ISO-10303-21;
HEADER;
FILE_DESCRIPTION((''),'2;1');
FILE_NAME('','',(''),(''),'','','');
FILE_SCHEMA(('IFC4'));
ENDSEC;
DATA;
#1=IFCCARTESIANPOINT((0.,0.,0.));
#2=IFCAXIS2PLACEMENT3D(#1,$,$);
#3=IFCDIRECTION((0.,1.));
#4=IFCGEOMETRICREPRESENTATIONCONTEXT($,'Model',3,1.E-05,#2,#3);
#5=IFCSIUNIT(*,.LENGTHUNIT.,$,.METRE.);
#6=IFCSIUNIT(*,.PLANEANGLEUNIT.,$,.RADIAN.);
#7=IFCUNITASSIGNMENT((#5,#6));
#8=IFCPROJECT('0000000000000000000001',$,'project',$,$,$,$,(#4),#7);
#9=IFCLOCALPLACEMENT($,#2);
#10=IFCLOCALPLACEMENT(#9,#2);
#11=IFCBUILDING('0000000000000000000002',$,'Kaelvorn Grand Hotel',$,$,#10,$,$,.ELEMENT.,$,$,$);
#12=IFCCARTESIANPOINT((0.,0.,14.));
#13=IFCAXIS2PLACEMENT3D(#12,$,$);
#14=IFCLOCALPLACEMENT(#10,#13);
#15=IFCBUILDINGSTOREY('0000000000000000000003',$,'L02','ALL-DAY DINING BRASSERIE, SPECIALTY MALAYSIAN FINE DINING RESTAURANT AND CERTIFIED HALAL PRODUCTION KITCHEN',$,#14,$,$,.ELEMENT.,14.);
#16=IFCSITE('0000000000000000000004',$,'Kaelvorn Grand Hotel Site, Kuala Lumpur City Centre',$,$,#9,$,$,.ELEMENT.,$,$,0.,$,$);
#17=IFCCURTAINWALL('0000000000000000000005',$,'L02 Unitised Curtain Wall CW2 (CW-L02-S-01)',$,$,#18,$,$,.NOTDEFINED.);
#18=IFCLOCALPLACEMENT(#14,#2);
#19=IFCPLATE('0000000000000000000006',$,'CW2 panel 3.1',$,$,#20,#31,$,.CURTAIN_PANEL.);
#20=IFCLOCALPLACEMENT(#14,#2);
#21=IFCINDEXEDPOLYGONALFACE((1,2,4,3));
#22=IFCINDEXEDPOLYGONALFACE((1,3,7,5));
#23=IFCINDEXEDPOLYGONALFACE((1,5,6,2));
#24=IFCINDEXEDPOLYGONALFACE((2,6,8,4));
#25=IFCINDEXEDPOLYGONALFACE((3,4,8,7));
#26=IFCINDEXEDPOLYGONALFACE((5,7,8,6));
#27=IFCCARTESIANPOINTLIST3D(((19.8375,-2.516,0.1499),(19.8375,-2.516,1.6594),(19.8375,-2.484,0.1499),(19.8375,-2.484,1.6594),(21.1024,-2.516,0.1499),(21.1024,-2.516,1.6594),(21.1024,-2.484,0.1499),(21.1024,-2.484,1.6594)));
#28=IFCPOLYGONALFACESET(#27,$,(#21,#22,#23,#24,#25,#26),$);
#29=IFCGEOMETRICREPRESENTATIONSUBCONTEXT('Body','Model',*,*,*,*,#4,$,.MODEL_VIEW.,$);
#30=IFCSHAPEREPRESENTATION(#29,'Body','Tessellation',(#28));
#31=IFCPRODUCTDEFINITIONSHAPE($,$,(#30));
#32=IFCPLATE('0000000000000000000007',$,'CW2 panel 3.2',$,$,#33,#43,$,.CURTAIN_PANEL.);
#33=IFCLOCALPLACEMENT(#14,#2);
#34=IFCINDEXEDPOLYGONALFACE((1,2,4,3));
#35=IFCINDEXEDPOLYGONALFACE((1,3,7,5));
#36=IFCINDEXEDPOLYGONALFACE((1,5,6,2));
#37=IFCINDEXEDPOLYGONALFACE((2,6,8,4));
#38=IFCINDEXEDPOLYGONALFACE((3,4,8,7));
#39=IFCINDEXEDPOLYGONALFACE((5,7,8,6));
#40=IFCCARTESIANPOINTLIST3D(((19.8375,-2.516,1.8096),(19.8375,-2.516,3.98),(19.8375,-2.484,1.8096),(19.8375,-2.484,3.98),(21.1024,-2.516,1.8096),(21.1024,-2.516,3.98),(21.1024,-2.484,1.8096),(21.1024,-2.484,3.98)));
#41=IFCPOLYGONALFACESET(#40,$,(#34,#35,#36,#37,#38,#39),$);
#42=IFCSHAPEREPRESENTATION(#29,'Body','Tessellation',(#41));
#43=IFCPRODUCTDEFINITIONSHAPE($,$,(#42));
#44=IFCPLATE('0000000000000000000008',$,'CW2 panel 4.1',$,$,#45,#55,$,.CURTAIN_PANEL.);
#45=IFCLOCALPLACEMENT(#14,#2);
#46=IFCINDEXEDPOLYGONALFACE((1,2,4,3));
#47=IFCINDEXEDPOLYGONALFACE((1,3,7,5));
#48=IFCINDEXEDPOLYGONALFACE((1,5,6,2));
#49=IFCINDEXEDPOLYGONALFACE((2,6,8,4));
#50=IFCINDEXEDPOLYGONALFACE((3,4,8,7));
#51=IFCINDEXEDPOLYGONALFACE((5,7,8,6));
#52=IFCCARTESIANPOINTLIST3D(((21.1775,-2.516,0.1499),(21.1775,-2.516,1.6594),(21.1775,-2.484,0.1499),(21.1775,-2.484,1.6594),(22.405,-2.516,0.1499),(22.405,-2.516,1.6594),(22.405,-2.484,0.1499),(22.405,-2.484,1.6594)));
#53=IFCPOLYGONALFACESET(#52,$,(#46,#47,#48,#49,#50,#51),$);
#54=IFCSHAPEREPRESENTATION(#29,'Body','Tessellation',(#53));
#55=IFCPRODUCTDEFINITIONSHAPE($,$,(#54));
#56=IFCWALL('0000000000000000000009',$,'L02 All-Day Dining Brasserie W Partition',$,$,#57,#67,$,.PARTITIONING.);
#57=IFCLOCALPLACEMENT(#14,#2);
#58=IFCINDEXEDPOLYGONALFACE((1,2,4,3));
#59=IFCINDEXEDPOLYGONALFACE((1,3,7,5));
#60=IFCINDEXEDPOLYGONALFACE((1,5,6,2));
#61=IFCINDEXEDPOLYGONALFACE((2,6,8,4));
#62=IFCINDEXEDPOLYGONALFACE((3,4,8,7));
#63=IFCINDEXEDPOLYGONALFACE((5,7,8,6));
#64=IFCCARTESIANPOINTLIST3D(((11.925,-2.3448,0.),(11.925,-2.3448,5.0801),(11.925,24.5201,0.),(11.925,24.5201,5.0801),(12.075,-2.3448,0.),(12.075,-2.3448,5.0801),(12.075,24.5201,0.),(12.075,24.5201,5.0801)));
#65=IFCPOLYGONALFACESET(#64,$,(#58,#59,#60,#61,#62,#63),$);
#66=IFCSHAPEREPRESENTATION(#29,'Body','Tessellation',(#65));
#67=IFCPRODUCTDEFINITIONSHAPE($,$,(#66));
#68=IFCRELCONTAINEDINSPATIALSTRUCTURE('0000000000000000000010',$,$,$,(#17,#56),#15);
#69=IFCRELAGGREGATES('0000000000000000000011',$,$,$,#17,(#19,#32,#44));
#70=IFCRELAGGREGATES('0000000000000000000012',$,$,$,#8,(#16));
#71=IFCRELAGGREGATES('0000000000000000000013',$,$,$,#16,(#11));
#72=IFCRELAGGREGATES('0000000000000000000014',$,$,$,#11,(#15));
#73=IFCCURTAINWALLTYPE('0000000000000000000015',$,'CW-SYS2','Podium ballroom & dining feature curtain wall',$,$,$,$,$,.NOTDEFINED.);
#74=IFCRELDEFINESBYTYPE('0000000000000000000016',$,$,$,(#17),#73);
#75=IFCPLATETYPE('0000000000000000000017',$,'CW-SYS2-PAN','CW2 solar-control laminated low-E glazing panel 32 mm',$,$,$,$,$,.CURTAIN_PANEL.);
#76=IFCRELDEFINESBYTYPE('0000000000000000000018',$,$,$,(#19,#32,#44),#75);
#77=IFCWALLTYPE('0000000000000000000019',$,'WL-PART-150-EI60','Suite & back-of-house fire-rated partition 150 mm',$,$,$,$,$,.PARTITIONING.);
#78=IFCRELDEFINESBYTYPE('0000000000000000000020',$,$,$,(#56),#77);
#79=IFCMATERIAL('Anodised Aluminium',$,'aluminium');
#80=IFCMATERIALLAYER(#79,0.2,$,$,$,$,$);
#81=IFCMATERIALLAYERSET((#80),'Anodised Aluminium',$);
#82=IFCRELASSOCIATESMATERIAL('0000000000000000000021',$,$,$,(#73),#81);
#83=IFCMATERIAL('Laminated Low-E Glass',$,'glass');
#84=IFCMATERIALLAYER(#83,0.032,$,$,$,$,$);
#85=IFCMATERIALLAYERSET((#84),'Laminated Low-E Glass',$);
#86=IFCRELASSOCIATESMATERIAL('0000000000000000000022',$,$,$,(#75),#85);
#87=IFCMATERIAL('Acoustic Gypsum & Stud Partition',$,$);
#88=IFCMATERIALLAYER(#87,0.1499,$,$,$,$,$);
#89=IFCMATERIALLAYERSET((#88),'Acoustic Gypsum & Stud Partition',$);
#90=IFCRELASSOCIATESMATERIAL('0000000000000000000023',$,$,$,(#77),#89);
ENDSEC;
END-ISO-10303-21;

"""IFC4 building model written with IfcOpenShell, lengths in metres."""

from ifc_helpers import new_model, si_unit, direction, frame, frame_2d, origin, origin_2d, place, context, subcontext, project, spatial, rectangle, extrude, material, layer, layer_set, type_object, element, aggregate, save


model = new_model("IFC4")

# Units and contexts
model_context = context("Model", 3, precision=1e-05, world=origin(), true_north=direction((0.0, 1.0)))
body_context = subcontext(model_context, "Body", "Model", "MODEL_VIEW")
ifc_project = project(units=[si_unit("LENGTHUNIT", "METRE"), si_unit("PLANEANGLEUNIT", "RADIAN")], contexts=[model_context])

# Site, building, storey
site_placement = place(None, origin())
site = spatial("IfcSite", under=ifc_project, at=site_placement, Name="Kaelvorn Grand Hotel Site, Kuala Lumpur City Centre", CompositionType="ELEMENT", RefElevation=0.0)
building_placement = place(site_placement, origin())
building = spatial("IfcBuilding", under=site, at=building_placement, Name="Kaelvorn Grand Hotel", CompositionType="ELEMENT")
storey_placement = place(building_placement, frame((0.0, 0.0, 14.0)))
storey = spatial("IfcBuildingStorey", under=building, at=storey_placement, Name="L02", Description="ALL-DAY DINING BRASSERIE, SPECIALTY MALAYSIAN FINE DINING RESTAURANT AND CERTIFIED HALAL PRODUCTION KITCHEN", CompositionType="ELEMENT", Elevation=14.0)

# Curtain wall, plates
ifc_material_1 = material(Name="Anodised Aluminium", Category="aluminium")
ifc_layer_1 = layer(ifc_material_1, 0.2)
ifc_layer_set_1 = layer_set([ifc_layer_1], Name="Anodised Aluminium")
curtain_wall_type = type_object("IfcCurtainWallType", Name="CW-SYS2", Description="Podium ballroom & dining feature curtain wall", PredefinedType="NOTDEFINED", material=ifc_layer_set_1)
curtain_wall_placement = place(storey_placement, origin())
curtain_wall = element("IfcCurtainWall", 1, at=curtain_wall_placement, inside=storey, type_object=curtain_wall_type, Name="L02 Unitised Curtain Wall CW2 (CW-L02-S-01)", PredefinedType="NOTDEFINED")
ifc_material_2 = material(Name="Laminated Low-E Glass", Category="glass")
ifc_layer_2 = layer(ifc_material_2, 0.032)
ifc_layer_set_2 = layer_set([ifc_layer_2], Name="Laminated Low-E Glass")
plate_type = type_object("IfcPlateType", Name="CW-SYS2-PAN", Description="CW2 solar-control laminated low-E glazing panel 32 mm", PredefinedType="CURTAIN_PANEL", material=ifc_layer_set_2)
plate_1_placement = place(storey_placement, frame((20.47, -2.5, 0.1499), z_axis=(0.0, 0.0, 1.0), x_axis=(1.0, 0.0, 0.0)))
plate_1 = element("IfcPlate", 2, at=plate_1_placement, type_object=plate_type, Name="CW2 panel 3.1", PredefinedType="CURTAIN_PANEL", context=body_context, shape_type="SweptSolid", body=[
    extrude(rectangle(XDim=1.2649, YDim=0.032, at=origin_2d()), origin(), (0.0, 0.0, 1.0), 1.5095),
])
plate_2_placement = place(storey_placement, frame((20.47, -2.5, 1.8096), z_axis=(0.0, 0.0, 1.0), x_axis=(1.0, 0.0, 0.0)))
plate_2 = element("IfcPlate", 3, at=plate_2_placement, type_object=plate_type, Name="CW2 panel 3.2", PredefinedType="CURTAIN_PANEL", context=body_context, shape_type="SweptSolid", body=[
    extrude(rectangle(XDim=1.2649, YDim=0.032, at=origin_2d()), origin(), (0.0, 0.0, 1.0), 2.1704),
])
plate_3_placement = place(storey_placement, frame((21.7913, -2.5, 0.1499), z_axis=(0.0, 0.0, 1.0), x_axis=(1.0, 0.0, 0.0)))
plate_3 = element("IfcPlate", 4, at=plate_3_placement, type_object=plate_type, Name="CW2 panel 4.1", PredefinedType="CURTAIN_PANEL", context=body_context, shape_type="SweptSolid", body=[
    extrude(rectangle(XDim=1.2275, YDim=0.032, at=origin_2d()), origin(), (0.0, 0.0, 1.0), 1.5095),
])
aggregate(curtain_wall, [plate_1, plate_2, plate_3])

# Wall
ifc_material_3 = material(Name="Acoustic Gypsum & Stud Partition")
ifc_layer_3 = layer(ifc_material_3, 0.1499)
ifc_layer_set_3 = layer_set([ifc_layer_3], Name="Acoustic Gypsum & Stud Partition")
wall_type = type_object("IfcWallType", Name="WL-PART-150-EI60", Description="Suite & back-of-house fire-rated partition 150 mm", PredefinedType="PARTITIONING", material=ifc_layer_set_3)
wall_placement = place(storey_placement, frame((12.0, -2.345, 0.0), z_axis=(0.0, 0.0, 1.0), x_axis=(0.0, 1.0, 0.0)))
element("IfcWall", 5, at=wall_placement, inside=storey, type_object=wall_type, Name="L02 All-Day Dining Brasserie W Partition", PredefinedType="PARTITIONING", context=body_context, shape_type="SweptSolid", body=[
    extrude(rectangle(XDim=26.865, YDim=0.1499, at=frame_2d((13.4326, 0.0))), origin(), (0.0, 0.0, 1.0), 5.0801),
])

save(model, "model.ifc")
